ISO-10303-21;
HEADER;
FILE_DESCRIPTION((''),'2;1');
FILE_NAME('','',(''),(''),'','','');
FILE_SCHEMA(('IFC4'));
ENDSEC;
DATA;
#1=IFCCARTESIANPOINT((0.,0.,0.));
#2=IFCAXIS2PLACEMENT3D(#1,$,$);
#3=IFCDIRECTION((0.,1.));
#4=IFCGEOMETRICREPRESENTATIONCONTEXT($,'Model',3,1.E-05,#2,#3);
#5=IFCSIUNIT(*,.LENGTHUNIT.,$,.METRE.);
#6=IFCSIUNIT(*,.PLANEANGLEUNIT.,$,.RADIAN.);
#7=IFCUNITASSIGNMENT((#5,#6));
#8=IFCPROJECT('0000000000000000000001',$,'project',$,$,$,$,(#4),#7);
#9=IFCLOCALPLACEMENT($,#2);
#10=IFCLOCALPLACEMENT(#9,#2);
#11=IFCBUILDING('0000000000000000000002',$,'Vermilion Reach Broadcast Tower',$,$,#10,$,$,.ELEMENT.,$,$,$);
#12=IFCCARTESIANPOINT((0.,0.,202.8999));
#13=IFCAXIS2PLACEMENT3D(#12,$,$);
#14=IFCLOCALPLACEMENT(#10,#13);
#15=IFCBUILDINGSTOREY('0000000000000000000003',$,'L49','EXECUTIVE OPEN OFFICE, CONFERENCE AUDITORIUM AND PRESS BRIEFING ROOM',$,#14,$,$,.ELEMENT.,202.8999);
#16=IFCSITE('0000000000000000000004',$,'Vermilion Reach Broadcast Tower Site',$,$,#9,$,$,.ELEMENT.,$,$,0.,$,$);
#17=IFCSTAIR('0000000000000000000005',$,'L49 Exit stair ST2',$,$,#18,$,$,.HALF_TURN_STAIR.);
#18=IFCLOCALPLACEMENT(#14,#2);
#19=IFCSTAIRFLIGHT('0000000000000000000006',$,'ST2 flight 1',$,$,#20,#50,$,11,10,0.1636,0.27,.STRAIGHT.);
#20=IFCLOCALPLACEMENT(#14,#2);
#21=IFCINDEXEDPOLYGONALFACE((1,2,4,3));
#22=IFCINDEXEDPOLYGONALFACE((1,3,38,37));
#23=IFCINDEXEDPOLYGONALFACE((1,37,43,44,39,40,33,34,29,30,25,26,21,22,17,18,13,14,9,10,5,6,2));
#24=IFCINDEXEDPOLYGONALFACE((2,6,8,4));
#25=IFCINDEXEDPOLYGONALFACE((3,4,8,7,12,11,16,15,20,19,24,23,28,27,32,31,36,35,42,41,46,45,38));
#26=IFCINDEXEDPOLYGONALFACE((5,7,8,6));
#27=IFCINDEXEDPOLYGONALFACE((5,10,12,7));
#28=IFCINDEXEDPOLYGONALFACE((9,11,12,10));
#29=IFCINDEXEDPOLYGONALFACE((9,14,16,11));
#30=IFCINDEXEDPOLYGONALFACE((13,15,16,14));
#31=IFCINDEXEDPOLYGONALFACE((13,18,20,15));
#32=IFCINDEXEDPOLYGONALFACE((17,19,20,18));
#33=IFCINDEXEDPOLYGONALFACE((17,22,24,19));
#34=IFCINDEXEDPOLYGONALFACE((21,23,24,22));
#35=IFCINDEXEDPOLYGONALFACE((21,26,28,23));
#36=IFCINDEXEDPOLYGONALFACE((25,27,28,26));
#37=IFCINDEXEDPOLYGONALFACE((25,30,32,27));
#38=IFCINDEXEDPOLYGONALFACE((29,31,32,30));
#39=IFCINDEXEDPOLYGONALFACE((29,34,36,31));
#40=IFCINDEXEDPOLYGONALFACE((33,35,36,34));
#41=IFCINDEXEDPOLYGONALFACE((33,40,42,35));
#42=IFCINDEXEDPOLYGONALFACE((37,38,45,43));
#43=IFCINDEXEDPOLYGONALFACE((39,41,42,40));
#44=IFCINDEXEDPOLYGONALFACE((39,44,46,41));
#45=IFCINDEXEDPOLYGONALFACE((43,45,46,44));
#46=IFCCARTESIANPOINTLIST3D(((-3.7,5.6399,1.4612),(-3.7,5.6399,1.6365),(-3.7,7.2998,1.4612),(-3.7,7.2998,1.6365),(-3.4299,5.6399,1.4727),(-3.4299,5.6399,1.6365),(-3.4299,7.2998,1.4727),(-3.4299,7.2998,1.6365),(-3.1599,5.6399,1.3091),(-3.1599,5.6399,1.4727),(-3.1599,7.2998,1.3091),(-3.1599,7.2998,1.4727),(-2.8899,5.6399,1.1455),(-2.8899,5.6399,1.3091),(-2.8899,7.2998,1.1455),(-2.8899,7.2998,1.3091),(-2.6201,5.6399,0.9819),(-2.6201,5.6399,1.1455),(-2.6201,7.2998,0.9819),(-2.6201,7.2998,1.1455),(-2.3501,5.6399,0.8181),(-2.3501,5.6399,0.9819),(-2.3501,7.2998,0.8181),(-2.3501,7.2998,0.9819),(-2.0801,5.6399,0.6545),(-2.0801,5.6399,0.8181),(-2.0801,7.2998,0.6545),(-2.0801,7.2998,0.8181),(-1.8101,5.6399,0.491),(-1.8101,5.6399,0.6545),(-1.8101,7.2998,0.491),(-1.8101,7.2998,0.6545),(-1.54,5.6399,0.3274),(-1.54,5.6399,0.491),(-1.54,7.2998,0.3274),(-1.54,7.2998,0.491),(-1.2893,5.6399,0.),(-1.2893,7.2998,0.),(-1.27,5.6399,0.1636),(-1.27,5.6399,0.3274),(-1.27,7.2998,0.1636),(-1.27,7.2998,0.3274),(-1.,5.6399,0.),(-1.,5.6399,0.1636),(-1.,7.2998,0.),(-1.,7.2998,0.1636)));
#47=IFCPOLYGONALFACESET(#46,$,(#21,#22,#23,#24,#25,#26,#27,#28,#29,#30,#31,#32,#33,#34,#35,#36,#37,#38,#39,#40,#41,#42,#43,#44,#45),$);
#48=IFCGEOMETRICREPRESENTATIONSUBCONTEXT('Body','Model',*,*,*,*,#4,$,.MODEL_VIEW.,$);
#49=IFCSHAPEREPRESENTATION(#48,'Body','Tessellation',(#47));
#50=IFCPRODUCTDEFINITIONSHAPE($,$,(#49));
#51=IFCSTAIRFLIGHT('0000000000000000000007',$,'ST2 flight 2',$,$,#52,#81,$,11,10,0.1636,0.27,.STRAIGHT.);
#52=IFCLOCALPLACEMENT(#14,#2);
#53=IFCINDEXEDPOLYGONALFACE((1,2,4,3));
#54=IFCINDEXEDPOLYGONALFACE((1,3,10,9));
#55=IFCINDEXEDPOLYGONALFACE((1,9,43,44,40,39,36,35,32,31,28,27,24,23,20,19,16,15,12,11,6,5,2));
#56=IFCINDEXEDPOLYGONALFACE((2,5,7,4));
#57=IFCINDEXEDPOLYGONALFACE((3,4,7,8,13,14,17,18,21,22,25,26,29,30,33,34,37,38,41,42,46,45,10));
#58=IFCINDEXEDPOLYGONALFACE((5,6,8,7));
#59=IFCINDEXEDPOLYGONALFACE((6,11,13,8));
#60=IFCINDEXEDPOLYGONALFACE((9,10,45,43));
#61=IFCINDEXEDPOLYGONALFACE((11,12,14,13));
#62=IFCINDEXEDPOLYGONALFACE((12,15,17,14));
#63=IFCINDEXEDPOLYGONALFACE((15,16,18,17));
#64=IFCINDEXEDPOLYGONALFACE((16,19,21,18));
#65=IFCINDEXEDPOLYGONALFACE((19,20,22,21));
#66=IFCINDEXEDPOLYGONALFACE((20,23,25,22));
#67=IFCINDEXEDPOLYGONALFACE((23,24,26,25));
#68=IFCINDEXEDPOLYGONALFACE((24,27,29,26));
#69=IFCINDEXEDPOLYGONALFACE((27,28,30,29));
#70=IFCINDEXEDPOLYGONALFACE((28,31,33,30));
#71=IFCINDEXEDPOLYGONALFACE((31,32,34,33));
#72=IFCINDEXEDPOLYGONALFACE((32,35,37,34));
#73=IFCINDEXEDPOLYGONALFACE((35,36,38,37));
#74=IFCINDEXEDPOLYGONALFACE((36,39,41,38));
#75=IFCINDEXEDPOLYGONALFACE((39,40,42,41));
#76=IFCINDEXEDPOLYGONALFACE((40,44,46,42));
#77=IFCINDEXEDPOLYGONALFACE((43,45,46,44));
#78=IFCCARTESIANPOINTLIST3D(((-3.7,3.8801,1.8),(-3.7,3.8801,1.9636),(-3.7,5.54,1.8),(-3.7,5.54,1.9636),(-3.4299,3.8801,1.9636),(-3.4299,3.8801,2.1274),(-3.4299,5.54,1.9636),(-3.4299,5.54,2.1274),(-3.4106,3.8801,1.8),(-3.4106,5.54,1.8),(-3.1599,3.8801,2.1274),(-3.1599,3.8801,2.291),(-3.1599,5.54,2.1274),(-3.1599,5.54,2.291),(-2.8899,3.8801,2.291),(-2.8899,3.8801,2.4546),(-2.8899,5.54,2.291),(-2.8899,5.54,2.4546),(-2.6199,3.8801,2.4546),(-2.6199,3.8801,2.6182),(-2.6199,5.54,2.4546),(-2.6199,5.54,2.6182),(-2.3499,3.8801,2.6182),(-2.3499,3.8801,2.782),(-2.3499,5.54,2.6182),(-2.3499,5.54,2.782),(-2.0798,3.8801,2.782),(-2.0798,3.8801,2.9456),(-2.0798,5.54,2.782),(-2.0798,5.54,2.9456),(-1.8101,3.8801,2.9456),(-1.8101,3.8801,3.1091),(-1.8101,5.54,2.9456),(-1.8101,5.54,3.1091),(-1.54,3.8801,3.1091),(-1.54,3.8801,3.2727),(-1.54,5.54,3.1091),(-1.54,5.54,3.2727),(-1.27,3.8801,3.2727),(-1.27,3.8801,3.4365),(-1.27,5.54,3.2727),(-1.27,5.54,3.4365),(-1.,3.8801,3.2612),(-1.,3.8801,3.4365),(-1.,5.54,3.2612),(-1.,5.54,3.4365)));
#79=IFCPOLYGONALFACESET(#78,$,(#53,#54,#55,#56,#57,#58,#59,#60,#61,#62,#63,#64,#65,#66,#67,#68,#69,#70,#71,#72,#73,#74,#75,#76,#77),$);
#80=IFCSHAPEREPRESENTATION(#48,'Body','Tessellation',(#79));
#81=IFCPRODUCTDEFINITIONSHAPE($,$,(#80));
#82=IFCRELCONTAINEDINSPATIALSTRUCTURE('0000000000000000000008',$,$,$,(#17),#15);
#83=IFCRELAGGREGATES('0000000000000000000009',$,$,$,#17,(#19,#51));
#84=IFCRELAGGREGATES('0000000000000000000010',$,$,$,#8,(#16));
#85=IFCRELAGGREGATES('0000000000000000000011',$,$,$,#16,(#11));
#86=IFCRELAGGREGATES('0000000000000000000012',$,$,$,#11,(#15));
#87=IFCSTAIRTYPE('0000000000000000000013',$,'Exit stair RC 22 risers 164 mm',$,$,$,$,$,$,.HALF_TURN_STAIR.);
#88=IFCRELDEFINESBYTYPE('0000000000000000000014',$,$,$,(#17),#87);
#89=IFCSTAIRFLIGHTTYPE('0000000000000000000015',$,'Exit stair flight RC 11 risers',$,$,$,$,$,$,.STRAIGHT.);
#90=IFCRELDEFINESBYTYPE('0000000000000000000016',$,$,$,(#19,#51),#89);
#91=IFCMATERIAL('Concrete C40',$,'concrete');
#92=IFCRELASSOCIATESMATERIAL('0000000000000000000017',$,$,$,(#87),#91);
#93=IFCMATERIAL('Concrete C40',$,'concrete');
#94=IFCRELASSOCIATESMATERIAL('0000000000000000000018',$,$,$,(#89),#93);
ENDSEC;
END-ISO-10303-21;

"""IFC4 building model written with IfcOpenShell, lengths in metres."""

from ifc_helpers import new_model, si_unit, direction, frame, origin, place, context, subcontext, project, spatial, polyline, outline, extrude, material, type_object, element, aggregate, save


model = new_model("IFC4")

# Units and contexts
model_context = context("Model", 3, precision=1e-05, world=origin(), true_north=direction((0.0, 1.0)))
body_context = subcontext(model_context, "Body", "Model", "MODEL_VIEW")
ifc_project = project(units=[si_unit("LENGTHUNIT", "METRE"), si_unit("PLANEANGLEUNIT", "RADIAN")], contexts=[model_context])

# Site, building, storey
site_placement = place(None, origin())
site = spatial("IfcSite", under=ifc_project, at=site_placement, Name="Vermilion Reach Broadcast Tower Site", CompositionType="ELEMENT", RefElevation=0.0)
building_placement = place(site_placement, origin())
building = spatial("IfcBuilding", under=site, at=building_placement, Name="Vermilion Reach Broadcast Tower", CompositionType="ELEMENT")
storey_placement = place(building_placement, frame((0.0, 0.0, 202.8999)))
storey = spatial("IfcBuildingStorey", under=building, at=storey_placement, Name="L49", Description="EXECUTIVE OPEN OFFICE, CONFERENCE AUDITORIUM AND PRESS BRIEFING ROOM", CompositionType="ELEMENT", Elevation=202.8999)

# Stair
ifc_material_1 = material(Name="Concrete C40", Category="concrete")
stair_type = type_object("IfcStairType", Name="Exit stair RC 22 risers 164 mm", PredefinedType="HALF_TURN_STAIR", material=ifc_material_1)
placement_1 = place(storey_placement, origin())
stair_1 = element("IfcStair", 1, at=placement_1, inside=storey, type_object=stair_type, Name="L49 Exit stair ST2", PredefinedType="HALF_TURN_STAIR")

# Stair flights
ifc_material_2 = material(Name="Concrete C40", Category="concrete")
stair_flight_type = type_object("IfcStairFlightType", Name="Exit stair flight RC 11 risers", PredefinedType="STRAIGHT", material=ifc_material_2)
stair_flight_1_placement = place(storey_placement, frame((-1.0, 6.47, 0.0), z_axis=(0.0, 0.0, 1.0), x_axis=(-1.0, 0.0, 0.0)))
stair_flight_1 = element("IfcStairFlight", 2, at=stair_flight_1_placement, type_object=stair_flight_type, Name="ST2 flight 1", NumberOfRisers=11, NumberOfTreads=10, PredefinedType="STRAIGHT", RiserHeight=0.1636, TreadLength=0.27, context=body_context, shape_type="SweptSolid", body=[
    extrude(outline(polyline([(0.0, 0.0), (0.0, 0.1636), (0.27, 0.1636), (0.27, 0.3274), (0.54, 0.3274), (0.54, 0.491), (0.8101, 0.491), (0.8101, 0.6545), (1.0801, 0.6545), (1.0801, 0.8181), (1.3501, 0.8181), (1.3501, 0.9819), (1.6201, 0.9819), (1.6201, 1.1455), (1.8899, 1.1455), (1.8899, 1.3091), (2.1599, 1.3091), (2.1599, 1.4727), (2.4299, 1.4727), (2.4299, 1.6365), (2.7, 1.6365), (2.7, 1.8), (2.7, 1.4612), (0.2893, 0.0), (0.0, 0.0)])), frame((0.0, 0.8301, 0.0), z_axis=(0.0, -1.0, 0.0), x_axis=(1.0, 0.0, 0.0)), (0.0, 0.0, 1.0), 1.6599),
])
stair_flight_2_placement = place(storey_placement, frame((-3.7, 4.71, 1.8), z_axis=(0.0, 0.0, 1.0), x_axis=(1.0, 0.0, 0.0)))
stair_flight_2 = element("IfcStairFlight", 3, at=stair_flight_2_placement, type_object=stair_flight_type, Name="ST2 flight 2", NumberOfRisers=11, NumberOfTreads=10, PredefinedType="STRAIGHT", RiserHeight=0.1636, TreadLength=0.27, context=body_context, shape_type="SweptSolid", body=[
    extrude(outline(polyline([(0.0, 0.0), (0.0, 0.1636), (0.27, 0.1636), (0.27, 0.3274), (0.54, 0.3274), (0.54, 0.491), (0.8101, 0.491), (0.8101, 0.6545), (1.0801, 0.6545), (1.0801, 0.8181), (1.3501, 0.8181), (1.3501, 0.9819), (1.6201, 0.9819), (1.6201, 1.1455), (1.8899, 1.1455), (1.8899, 1.3091), (2.1599, 1.3091), (2.1599, 1.4727), (2.4299, 1.4727), (2.4299, 1.6365), (2.7, 1.6365), (2.7, 1.8), (2.7, 1.4612), (0.2893, 0.0), (0.0, 0.0)])), frame((0.0, 0.8301, 0.0), z_axis=(0.0, -1.0, 0.0), x_axis=(1.0, 0.0, 0.0)), (0.0, 0.0, 1.0), 1.6599),
])
aggregate(stair_1, [stair_flight_1, stair_flight_2])

save(model, "model.ifc")
